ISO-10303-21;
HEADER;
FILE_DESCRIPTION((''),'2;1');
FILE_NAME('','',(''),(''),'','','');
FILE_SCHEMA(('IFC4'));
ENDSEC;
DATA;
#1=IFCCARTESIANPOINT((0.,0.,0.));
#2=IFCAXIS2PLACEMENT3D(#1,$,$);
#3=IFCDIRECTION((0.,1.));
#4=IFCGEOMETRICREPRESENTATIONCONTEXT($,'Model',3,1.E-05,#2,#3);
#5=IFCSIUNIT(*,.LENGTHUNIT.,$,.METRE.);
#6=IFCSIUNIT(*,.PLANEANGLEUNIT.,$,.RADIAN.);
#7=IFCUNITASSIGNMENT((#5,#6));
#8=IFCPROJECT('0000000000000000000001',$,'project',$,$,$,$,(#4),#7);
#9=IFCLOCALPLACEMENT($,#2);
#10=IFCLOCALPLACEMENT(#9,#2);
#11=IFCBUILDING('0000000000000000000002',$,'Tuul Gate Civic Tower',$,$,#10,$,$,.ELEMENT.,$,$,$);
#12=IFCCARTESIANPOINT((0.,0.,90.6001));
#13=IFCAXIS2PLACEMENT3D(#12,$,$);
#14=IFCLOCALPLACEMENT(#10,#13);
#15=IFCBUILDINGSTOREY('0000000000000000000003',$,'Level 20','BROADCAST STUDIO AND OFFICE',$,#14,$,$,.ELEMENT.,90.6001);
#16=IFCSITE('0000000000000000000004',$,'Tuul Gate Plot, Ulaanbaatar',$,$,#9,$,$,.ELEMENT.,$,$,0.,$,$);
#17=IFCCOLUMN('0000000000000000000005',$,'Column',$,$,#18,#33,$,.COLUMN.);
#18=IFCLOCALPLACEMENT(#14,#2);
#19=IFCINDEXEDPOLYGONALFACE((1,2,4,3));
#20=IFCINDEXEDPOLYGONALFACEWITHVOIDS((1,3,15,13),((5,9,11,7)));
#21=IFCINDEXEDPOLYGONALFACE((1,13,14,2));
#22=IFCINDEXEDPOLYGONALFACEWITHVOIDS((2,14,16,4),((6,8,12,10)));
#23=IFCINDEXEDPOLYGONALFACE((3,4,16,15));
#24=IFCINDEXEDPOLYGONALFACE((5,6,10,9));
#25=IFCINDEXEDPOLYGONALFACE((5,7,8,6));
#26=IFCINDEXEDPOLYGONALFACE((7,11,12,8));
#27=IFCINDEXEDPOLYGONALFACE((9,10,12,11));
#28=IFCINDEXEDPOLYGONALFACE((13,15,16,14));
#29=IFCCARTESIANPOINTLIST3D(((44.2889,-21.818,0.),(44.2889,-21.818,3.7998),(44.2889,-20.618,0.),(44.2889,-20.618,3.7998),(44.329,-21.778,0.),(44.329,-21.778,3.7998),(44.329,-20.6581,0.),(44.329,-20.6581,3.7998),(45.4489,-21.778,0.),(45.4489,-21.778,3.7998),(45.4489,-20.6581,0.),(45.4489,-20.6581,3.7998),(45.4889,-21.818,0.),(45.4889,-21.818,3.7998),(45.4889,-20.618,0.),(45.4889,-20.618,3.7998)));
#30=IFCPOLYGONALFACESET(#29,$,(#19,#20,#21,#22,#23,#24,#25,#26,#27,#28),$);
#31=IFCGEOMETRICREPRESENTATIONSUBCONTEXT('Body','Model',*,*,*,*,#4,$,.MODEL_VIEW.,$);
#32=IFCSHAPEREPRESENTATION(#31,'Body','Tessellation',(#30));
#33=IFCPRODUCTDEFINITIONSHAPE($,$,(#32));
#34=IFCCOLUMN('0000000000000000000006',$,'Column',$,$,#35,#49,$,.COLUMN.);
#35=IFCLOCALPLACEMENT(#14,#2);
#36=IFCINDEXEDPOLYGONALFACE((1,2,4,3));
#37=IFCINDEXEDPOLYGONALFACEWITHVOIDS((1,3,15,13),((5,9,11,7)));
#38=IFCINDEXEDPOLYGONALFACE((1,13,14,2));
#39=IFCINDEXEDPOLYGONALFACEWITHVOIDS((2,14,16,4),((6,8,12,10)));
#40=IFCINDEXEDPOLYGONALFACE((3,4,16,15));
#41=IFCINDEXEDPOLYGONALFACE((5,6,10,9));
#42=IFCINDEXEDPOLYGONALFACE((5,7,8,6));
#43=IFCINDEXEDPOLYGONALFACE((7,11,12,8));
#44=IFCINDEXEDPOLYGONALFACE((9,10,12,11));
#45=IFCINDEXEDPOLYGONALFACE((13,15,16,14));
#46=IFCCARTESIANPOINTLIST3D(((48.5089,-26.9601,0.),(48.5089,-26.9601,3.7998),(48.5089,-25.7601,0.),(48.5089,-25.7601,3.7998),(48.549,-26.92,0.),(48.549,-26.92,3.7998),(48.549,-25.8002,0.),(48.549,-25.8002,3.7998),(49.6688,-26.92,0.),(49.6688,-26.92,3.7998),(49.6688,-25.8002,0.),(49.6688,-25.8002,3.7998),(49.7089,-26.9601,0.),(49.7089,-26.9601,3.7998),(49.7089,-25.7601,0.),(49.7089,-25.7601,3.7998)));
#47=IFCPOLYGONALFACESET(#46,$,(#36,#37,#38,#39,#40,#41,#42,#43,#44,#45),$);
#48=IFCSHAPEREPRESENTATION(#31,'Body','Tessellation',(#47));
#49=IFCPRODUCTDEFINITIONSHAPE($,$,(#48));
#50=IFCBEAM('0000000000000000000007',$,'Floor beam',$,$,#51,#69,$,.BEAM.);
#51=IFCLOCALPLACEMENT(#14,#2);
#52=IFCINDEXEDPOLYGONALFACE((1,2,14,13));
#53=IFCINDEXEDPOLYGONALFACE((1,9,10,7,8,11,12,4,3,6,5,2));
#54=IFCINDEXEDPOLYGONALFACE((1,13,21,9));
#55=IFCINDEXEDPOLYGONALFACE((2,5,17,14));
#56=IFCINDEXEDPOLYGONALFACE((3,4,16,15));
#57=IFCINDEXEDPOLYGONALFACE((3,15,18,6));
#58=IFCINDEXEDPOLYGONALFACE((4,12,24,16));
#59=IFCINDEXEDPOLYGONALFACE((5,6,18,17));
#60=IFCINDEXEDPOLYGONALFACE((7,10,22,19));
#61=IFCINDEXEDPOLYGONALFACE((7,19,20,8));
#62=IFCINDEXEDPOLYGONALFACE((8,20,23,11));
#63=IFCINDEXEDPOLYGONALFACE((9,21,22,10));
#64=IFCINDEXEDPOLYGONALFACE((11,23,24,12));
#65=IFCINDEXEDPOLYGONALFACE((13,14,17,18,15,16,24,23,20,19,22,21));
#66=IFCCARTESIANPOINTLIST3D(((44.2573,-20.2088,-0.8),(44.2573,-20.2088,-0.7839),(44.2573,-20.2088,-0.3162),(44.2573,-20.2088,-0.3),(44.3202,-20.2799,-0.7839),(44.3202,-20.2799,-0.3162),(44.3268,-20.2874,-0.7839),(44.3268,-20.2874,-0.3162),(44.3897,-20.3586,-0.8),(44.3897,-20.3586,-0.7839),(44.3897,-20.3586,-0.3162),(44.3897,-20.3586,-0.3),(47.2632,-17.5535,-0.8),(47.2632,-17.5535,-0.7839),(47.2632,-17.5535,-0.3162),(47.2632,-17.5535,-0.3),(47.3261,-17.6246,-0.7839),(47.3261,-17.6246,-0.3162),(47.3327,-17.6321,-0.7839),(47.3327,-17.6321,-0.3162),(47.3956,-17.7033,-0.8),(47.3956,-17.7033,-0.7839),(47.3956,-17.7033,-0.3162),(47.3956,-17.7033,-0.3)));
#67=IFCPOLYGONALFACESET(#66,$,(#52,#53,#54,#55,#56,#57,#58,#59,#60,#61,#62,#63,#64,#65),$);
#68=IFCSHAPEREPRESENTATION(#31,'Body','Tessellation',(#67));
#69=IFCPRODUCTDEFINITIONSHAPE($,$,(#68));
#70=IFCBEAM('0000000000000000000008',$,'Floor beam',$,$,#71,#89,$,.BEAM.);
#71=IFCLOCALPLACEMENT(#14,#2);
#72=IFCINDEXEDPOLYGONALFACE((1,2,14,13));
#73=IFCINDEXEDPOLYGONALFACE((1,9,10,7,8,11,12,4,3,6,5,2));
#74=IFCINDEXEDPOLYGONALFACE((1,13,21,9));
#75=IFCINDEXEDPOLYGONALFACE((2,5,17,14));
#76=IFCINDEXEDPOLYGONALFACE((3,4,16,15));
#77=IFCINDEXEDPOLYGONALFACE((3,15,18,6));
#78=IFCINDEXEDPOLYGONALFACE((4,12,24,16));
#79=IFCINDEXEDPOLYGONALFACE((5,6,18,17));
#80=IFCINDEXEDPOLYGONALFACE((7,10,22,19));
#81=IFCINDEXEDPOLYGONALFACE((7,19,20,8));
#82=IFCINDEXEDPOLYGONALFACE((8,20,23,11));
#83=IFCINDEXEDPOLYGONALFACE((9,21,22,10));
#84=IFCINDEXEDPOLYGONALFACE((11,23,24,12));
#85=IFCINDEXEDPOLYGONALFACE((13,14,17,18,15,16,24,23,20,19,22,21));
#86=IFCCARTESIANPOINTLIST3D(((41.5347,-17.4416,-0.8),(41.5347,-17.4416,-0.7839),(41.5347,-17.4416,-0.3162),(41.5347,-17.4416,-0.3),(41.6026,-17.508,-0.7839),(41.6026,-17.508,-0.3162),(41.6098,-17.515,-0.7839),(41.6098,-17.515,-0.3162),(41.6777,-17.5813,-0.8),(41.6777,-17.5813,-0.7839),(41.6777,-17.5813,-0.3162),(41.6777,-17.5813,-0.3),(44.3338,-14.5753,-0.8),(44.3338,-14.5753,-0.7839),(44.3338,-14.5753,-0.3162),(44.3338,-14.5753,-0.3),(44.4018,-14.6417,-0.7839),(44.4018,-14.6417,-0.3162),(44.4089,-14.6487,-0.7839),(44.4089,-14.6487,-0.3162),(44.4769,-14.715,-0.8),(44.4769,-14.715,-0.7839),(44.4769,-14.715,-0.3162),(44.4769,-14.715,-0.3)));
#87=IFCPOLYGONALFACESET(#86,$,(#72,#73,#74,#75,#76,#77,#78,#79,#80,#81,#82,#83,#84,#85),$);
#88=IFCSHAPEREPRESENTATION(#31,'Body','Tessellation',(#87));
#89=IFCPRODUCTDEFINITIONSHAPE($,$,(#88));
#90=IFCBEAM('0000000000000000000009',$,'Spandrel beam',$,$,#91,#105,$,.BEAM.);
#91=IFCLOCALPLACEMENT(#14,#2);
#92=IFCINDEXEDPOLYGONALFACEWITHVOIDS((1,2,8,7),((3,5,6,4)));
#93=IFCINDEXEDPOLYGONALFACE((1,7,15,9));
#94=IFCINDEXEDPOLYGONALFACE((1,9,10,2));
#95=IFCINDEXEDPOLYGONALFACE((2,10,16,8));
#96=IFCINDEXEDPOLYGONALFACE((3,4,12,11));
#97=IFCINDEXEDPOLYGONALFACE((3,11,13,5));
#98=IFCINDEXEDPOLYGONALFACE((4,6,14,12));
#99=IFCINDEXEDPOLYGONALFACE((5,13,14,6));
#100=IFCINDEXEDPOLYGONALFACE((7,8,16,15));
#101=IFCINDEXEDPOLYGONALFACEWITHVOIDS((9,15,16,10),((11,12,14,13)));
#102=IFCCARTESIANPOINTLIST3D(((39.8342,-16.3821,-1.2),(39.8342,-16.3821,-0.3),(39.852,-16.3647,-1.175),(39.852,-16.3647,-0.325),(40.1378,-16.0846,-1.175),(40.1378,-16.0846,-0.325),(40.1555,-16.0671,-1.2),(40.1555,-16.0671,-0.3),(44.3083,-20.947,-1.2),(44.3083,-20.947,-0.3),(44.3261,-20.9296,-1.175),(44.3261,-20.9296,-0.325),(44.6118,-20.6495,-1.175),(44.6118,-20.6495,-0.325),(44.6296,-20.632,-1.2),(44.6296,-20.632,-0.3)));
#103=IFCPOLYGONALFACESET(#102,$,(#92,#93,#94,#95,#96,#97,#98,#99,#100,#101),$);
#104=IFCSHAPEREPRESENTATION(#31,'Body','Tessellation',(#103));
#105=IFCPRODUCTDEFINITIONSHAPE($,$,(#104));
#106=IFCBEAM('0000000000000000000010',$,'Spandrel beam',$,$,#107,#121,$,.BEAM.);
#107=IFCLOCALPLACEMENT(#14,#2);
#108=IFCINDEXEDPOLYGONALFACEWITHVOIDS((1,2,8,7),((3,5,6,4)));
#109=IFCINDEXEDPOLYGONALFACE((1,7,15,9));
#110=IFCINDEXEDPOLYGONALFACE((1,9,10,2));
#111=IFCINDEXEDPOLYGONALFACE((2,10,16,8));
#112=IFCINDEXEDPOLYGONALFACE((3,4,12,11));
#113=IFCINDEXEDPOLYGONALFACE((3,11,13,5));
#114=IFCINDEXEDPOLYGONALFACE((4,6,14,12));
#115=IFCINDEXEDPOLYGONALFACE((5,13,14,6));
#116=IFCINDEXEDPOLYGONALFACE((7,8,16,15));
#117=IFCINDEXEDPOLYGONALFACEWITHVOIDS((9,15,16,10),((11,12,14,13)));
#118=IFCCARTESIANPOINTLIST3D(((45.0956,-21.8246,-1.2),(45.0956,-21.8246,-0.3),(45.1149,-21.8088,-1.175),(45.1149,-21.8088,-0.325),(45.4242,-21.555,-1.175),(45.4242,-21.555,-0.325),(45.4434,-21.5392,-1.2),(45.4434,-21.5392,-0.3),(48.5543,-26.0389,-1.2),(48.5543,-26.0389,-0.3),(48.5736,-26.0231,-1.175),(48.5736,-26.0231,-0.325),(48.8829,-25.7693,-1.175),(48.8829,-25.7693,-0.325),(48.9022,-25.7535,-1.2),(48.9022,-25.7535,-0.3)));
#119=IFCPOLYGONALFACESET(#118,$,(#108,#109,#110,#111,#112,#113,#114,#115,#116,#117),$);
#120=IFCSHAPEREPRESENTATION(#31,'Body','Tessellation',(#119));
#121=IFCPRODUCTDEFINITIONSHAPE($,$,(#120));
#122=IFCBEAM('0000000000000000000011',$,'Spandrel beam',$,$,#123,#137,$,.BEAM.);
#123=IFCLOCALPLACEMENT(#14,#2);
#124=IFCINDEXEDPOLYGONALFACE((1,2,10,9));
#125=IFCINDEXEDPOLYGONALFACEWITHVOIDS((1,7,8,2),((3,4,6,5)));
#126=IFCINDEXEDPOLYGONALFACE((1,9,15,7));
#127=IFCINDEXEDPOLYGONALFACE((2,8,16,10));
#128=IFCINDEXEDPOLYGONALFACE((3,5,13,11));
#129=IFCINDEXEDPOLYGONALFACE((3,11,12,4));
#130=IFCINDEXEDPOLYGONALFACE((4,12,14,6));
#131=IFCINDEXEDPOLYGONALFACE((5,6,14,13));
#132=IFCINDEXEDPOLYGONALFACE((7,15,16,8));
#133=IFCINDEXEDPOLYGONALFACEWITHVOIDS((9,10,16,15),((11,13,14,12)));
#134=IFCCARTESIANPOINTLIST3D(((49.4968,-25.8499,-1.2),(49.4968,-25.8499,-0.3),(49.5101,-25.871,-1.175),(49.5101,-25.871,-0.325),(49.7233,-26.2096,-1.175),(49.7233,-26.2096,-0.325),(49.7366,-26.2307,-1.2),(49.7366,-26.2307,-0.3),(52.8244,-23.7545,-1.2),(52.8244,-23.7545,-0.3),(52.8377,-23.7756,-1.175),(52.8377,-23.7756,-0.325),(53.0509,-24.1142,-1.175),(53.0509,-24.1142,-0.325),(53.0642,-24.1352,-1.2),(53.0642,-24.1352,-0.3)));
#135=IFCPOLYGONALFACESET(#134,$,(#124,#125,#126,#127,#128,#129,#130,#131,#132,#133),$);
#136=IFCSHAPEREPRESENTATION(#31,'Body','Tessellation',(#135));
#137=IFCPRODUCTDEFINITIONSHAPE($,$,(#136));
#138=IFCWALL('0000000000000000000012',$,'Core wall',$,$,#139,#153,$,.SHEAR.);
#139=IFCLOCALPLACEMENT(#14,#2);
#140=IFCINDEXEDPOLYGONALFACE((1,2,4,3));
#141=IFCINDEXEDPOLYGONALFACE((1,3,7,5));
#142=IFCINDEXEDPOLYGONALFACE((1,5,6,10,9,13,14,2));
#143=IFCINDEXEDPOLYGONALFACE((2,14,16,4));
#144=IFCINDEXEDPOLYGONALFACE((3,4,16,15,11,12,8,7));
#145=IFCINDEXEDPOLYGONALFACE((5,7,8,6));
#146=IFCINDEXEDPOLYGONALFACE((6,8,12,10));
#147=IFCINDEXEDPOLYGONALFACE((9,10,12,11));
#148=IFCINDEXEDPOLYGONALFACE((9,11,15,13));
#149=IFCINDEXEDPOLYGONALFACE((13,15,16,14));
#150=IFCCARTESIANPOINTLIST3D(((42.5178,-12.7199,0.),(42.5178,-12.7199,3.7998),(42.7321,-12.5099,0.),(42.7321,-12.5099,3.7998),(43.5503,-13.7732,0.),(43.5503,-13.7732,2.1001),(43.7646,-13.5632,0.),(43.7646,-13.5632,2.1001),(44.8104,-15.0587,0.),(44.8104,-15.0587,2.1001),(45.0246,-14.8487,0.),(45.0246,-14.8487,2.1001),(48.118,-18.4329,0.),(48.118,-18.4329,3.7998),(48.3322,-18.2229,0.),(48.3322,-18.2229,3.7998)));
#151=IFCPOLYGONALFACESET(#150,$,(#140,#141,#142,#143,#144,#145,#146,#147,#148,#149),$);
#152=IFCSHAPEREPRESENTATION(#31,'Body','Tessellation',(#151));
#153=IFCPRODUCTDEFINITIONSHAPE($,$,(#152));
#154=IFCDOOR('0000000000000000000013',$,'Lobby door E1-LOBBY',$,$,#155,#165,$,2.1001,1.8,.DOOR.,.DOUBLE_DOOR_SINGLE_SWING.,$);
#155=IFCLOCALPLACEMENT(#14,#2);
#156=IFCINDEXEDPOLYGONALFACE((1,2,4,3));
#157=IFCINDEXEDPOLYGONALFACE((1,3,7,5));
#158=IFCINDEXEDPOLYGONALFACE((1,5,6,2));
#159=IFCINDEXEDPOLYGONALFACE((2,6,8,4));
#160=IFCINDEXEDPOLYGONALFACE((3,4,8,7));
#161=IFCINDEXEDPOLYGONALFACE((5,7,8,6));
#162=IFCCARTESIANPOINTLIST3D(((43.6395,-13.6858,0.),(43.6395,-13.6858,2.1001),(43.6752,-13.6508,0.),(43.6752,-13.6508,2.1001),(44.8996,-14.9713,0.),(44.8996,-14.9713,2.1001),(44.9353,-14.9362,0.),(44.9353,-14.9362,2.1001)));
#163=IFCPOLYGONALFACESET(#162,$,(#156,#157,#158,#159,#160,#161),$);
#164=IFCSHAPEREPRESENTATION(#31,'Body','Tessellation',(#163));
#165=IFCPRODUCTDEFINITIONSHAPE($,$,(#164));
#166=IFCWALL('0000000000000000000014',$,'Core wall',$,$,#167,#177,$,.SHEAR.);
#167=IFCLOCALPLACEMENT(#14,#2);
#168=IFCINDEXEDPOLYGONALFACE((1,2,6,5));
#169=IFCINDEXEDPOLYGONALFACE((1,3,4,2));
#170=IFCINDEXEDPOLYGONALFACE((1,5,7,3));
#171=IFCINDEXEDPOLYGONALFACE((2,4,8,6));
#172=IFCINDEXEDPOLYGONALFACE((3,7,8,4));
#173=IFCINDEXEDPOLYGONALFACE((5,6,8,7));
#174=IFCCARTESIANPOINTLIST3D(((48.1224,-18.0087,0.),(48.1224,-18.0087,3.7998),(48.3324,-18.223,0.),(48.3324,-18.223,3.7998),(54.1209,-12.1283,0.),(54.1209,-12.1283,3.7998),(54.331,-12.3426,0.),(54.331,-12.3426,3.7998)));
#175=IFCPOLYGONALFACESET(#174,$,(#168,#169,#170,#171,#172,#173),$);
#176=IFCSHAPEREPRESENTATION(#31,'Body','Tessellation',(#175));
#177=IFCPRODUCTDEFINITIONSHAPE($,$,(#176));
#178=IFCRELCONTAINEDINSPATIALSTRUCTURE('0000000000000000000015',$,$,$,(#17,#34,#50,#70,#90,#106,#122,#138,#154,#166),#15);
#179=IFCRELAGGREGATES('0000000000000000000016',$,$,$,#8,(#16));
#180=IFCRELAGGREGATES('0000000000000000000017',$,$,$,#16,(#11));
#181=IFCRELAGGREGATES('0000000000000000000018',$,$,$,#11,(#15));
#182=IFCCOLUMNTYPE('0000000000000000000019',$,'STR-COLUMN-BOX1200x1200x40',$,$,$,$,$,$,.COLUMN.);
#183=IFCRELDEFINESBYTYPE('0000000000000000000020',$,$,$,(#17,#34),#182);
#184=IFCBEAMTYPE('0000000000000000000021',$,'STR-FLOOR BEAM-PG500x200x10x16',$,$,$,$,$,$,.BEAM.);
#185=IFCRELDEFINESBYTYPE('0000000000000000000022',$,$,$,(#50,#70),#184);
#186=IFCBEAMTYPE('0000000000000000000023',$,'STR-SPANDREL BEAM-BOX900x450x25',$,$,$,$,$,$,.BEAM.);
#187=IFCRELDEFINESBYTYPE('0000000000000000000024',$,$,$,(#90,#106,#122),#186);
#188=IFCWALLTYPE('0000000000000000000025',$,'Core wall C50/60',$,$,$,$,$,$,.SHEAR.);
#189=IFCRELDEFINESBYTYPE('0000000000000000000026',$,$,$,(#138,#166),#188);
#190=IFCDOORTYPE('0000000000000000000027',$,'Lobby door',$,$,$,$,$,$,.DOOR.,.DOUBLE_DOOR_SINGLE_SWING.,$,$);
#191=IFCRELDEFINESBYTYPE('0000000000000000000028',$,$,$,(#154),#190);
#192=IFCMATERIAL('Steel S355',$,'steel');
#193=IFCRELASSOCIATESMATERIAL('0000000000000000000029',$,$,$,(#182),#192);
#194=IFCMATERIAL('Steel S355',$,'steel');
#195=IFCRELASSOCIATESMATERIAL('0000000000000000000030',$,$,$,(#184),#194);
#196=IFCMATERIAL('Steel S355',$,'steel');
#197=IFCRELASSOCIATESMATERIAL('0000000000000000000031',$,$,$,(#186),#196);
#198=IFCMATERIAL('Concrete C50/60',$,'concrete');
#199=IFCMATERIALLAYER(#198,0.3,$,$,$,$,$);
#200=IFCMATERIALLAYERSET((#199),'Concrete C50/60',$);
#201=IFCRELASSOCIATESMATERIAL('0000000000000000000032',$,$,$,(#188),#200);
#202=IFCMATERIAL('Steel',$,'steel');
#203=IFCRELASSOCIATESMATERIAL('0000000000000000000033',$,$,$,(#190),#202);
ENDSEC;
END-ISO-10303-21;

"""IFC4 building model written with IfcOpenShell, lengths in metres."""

from ifc_helpers import new_model, si_unit, direction, frame, frame_2d, origin, origin_2d, place, context, subcontext, project, spatial, rectangle, hollow_rectangle, i_section, extrude, material, layer, layer_set, material_profile, profile_set, type_object, element, fill, save


model = new_model("IFC4")

# Units and contexts
model_context = context("Model", 3, precision=1e-05, world=origin(), true_north=direction((0.0, 1.0)))
body_context = subcontext(model_context, "Body", "Model", "MODEL_VIEW")
ifc_project = project(units=[si_unit("LENGTHUNIT", "METRE"), si_unit("PLANEANGLEUNIT", "RADIAN")], contexts=[model_context])

# Site, building, storey
site_placement = place(None, origin())
site = spatial("IfcSite", under=ifc_project, at=site_placement, Name="Tuul Gate Plot, Ulaanbaatar", CompositionType="ELEMENT", RefElevation=0.0)
building_placement = place(site_placement, origin())
building = spatial("IfcBuilding", under=site, at=building_placement, Name="Tuul Gate Civic Tower", CompositionType="ELEMENT")
storey_placement = place(building_placement, frame((0.0, 0.0, 90.6001)))
storey = spatial("IfcBuildingStorey", under=building, at=storey_placement, Name="Level 20", Description="BROADCAST STUDIO AND OFFICE", CompositionType="ELEMENT", Elevation=90.6001)

# Columns
ifc_material_1 = material(Name="Steel S355", Category="steel")
ifc_material_profile_1 = material_profile(ifc_material_1, hollow_rectangle(XDim=1.2, YDim=1.2, WallThickness=0.04, at=origin_2d()), Name="BOX1200x1200x40")
ifc_profile_set_1 = profile_set([ifc_material_profile_1], Name="Steel S355")
column_type = type_object("IfcColumnType", Name="STR-COLUMN-BOX1200x1200x40", PredefinedType="COLUMN", material=ifc_profile_set_1)
for number, where, z_axis, x_axis, name in (
    (1, (44.8889, -21.218, 0.0), (0.0, 0.0, 1.0), (1.0, 0.0, 0.0), "Column"),
    (2, (49.1089, -26.3601, 0.0), (0.0, 0.0, 1.0), (1.0, 0.0, 0.0), "Column"),
):
    element("IfcColumn", number, at=place(storey_placement, frame(where, z_axis=z_axis, x_axis=x_axis)), inside=storey, type_object=column_type, Name=name, PredefinedType="COLUMN", context=body_context, shape_type="SweptSolid", body=[
        extrude(hollow_rectangle(XDim=1.2, YDim=1.2, WallThickness=0.04, at=origin_2d()), origin(), (0.0, 0.0, 1.0), 3.7998),
    ])

# Beams
ifc_material_2 = material(Name="Steel S355", Category="steel")
ifc_material_profile_2 = material_profile(ifc_material_2, i_section(OverallWidth=0.2, OverallDepth=0.5, WebThickness=0.01, FlangeThickness=0.0161, at=origin_2d()), Name="PG500x200x10x16")
ifc_profile_set_2 = profile_set([ifc_material_profile_2], Name="Steel S355")
beam_type_1 = type_object("IfcBeamType", Name="STR-FLOOR BEAM-PG500x200x10x16", PredefinedType="BEAM", material=ifc_profile_set_2)
beam_1_placement = place(storey_placement, frame((44.3235, -20.2837, -0.55), z_axis=(0.749461, 0.662048, 0.0), x_axis=(-0.662048, 0.749461, 0.0)))
element("IfcBeam", 3, at=beam_1_placement, inside=storey, type_object=beam_type_1, Name="Floor beam", PredefinedType="BEAM", context=body_context, shape_type="SweptSolid", body=[
    extrude(i_section(OverallWidth=0.2, OverallDepth=0.5, WebThickness=0.01, FlangeThickness=0.0161, at=origin_2d()), origin(), (0.0, 0.0, 1.0), 4.0107),
])
beam_2_placement = place(storey_placement, frame((41.6062, -17.5115, -0.55), z_axis=(0.698678, 0.715436, 0.0), x_axis=(-0.715436, 0.698678, 0.0)))
element("IfcBeam", 4, at=beam_2_placement, inside=storey, type_object=beam_type_1, Name="Floor beam", PredefinedType="BEAM", context=body_context, shape_type="SweptSolid", body=[
    extrude(i_section(OverallWidth=0.2, OverallDepth=0.5, WebThickness=0.01, FlangeThickness=0.0161, at=origin_2d()), origin(), (0.0, 0.0, 1.0), 4.0063),
])
ifc_material_3 = material(Name="Steel S355", Category="steel")
ifc_material_profile_3 = material_profile(ifc_material_3, hollow_rectangle(XDim=0.45, YDim=0.8999, WallThickness=0.0249, at=origin_2d()), Name="BOX900x450x25")
ifc_profile_set_3 = profile_set([ifc_material_profile_3], Name="Steel S355")
beam_type_2 = type_object("IfcBeamType", Name="STR-SPANDREL BEAM-BOX900x450x25", PredefinedType="BEAM", material=ifc_profile_set_3)
beam_3_placement = place(storey_placement, frame((39.9949, -16.2246, -0.75), z_axis=(0.699967, -0.714175, 0.0), x_axis=(0.714175, 0.699967, 0.0)))
element("IfcBeam", 5, at=beam_3_placement, inside=storey, type_object=beam_type_2, Name="Spandrel beam", PredefinedType="BEAM", context=body_context, shape_type="SweptSolid", body=[
    extrude(hollow_rectangle(XDim=0.45, YDim=0.8999, WallThickness=0.0249, at=origin_2d()), origin(), (0.0, 0.0, 1.0), 6.3918),
])
beam_4_placement = place(storey_placement, frame((45.2695, -21.6819, -0.75), z_axis=(0.634405, -0.773001, 0.0), x_axis=(0.773001, 0.634405, 0.0)))
element("IfcBeam", 6, at=beam_4_placement, inside=storey, type_object=beam_type_2, Name="Spandrel beam", PredefinedType="BEAM", context=body_context, shape_type="SweptSolid", body=[
    extrude(hollow_rectangle(XDim=0.45, YDim=0.8999, WallThickness=0.0249, at=origin_2d()), origin(), (0.0, 0.0, 1.0), 5.4519),
])
beam_5_placement = place(storey_placement, frame((49.6167, -26.0403, -0.75), z_axis=(0.846201, 0.532864, 0.0), x_axis=(-0.532864, 0.846201, 0.0)))
element("IfcBeam", 7, at=beam_5_placement, inside=storey, type_object=beam_type_2, Name="Spandrel beam", PredefinedType="BEAM", context=body_context, shape_type="SweptSolid", body=[
    extrude(hollow_rectangle(XDim=0.45, YDim=0.8999, WallThickness=0.0249, at=origin_2d()), origin(), (0.0, 0.0, 1.0), 3.9324),
])

# Wall, opening, door
ifc_material_4 = material(Name="Concrete C50/60", Category="concrete")
ifc_layer_1 = layer(ifc_material_4, 0.3)
ifc_layer_set_1 = layer_set([ifc_layer_1], Name="Concrete C50/60")
wall_type_1 = type_object("IfcWallType", Name="Core wall C50/60", PredefinedType="SHEAR", material=ifc_layer_set_1)
wall_1_placement = place(storey_placement, frame((48.2251, -18.3279, 0.0), z_axis=(0.0, 0.0, 1.0), x_axis=(-0.700022, 0.714121, 0.0)))
wall_1 = element("IfcWall", 8, at=wall_1_placement, inside=storey, type_object=wall_type_1, Name="Core wall", PredefinedType="SHEAR", context=body_context, shape_type="SweptSolid", body=[
    extrude(rectangle(XDim=8.0, YDim=0.3, at=frame_2d((4.0, 0.0))), origin(), (0.0, 0.0, 1.0), 3.7998),
])
opening_1_placement = place(wall_1_placement, frame((4.7251, 0.0, 0.0)))
opening_1 = element("IfcOpeningElement", 9, at=opening_1_placement, cuts=wall_1, PredefinedType="OPENING", context=body_context, shape_type="SweptSolid", body=[
    extrude(rectangle(XDim=1.8, YDim=2.1001, at=frame_2d((0.8999, 1.05))), frame((0.0, 0.1602, 0.0), z_axis=(0.0, -1.0, 0.0), x_axis=(1.0, 0.0, 0.0)), (0.0, 0.0, 1.0), 0.3201),
])
ifc_material_5 = material(Name="Steel", Category="steel")
door_type_1 = type_object("IfcDoorType", Name="Lobby door", OperationType="DOUBLE_DOOR_SINGLE_SWING", PredefinedType="DOOR", material=ifc_material_5)
door_1_placement = place(opening_1_placement, frame((1.8, 0.0, 0.0), z_axis=(0.0, 0.0, 1.0), x_axis=(-1.0, 0.0, 0.0)))
door_1 = element("IfcDoor", 10, at=door_1_placement, inside=storey, type_object=door_type_1, Name="Lobby door E1-LOBBY", OperationType="DOUBLE_DOOR_SINGLE_SWING", OverallHeight=2.1001, OverallWidth=1.8, PredefinedType="DOOR", context=body_context, shape_type="SweptSolid", body=[
    extrude(rectangle(XDim=1.8, YDim=2.1001, at=frame_2d((0.9001, 1.05))), frame((0.0, 0.0249, 0.0), z_axis=(0.0, -1.0, 0.0), x_axis=(1.0, 0.0, 0.0)), (0.0, 0.0, 1.0), 0.05),
])
fill(opening_1, door_1)

# Wall
wall_2_placement = place(storey_placement, frame((48.2273, -18.116, 0.0), z_axis=(0.0, 0.0, 1.0), x_axis=(0.714105, 0.700038, 0.0)))
element("IfcWall", 11, at=wall_2_placement, inside=storey, type_object=wall_type_1, Name="Core wall", PredefinedType="SHEAR", context=body_context, shape_type="SweptSolid", body=[
    extrude(rectangle(XDim=8.4001, YDim=0.3, at=frame_2d((4.2002, 0.0))), origin(), (0.0, 0.0, 1.0), 3.7998),
])

save(model, "model.ifc")
